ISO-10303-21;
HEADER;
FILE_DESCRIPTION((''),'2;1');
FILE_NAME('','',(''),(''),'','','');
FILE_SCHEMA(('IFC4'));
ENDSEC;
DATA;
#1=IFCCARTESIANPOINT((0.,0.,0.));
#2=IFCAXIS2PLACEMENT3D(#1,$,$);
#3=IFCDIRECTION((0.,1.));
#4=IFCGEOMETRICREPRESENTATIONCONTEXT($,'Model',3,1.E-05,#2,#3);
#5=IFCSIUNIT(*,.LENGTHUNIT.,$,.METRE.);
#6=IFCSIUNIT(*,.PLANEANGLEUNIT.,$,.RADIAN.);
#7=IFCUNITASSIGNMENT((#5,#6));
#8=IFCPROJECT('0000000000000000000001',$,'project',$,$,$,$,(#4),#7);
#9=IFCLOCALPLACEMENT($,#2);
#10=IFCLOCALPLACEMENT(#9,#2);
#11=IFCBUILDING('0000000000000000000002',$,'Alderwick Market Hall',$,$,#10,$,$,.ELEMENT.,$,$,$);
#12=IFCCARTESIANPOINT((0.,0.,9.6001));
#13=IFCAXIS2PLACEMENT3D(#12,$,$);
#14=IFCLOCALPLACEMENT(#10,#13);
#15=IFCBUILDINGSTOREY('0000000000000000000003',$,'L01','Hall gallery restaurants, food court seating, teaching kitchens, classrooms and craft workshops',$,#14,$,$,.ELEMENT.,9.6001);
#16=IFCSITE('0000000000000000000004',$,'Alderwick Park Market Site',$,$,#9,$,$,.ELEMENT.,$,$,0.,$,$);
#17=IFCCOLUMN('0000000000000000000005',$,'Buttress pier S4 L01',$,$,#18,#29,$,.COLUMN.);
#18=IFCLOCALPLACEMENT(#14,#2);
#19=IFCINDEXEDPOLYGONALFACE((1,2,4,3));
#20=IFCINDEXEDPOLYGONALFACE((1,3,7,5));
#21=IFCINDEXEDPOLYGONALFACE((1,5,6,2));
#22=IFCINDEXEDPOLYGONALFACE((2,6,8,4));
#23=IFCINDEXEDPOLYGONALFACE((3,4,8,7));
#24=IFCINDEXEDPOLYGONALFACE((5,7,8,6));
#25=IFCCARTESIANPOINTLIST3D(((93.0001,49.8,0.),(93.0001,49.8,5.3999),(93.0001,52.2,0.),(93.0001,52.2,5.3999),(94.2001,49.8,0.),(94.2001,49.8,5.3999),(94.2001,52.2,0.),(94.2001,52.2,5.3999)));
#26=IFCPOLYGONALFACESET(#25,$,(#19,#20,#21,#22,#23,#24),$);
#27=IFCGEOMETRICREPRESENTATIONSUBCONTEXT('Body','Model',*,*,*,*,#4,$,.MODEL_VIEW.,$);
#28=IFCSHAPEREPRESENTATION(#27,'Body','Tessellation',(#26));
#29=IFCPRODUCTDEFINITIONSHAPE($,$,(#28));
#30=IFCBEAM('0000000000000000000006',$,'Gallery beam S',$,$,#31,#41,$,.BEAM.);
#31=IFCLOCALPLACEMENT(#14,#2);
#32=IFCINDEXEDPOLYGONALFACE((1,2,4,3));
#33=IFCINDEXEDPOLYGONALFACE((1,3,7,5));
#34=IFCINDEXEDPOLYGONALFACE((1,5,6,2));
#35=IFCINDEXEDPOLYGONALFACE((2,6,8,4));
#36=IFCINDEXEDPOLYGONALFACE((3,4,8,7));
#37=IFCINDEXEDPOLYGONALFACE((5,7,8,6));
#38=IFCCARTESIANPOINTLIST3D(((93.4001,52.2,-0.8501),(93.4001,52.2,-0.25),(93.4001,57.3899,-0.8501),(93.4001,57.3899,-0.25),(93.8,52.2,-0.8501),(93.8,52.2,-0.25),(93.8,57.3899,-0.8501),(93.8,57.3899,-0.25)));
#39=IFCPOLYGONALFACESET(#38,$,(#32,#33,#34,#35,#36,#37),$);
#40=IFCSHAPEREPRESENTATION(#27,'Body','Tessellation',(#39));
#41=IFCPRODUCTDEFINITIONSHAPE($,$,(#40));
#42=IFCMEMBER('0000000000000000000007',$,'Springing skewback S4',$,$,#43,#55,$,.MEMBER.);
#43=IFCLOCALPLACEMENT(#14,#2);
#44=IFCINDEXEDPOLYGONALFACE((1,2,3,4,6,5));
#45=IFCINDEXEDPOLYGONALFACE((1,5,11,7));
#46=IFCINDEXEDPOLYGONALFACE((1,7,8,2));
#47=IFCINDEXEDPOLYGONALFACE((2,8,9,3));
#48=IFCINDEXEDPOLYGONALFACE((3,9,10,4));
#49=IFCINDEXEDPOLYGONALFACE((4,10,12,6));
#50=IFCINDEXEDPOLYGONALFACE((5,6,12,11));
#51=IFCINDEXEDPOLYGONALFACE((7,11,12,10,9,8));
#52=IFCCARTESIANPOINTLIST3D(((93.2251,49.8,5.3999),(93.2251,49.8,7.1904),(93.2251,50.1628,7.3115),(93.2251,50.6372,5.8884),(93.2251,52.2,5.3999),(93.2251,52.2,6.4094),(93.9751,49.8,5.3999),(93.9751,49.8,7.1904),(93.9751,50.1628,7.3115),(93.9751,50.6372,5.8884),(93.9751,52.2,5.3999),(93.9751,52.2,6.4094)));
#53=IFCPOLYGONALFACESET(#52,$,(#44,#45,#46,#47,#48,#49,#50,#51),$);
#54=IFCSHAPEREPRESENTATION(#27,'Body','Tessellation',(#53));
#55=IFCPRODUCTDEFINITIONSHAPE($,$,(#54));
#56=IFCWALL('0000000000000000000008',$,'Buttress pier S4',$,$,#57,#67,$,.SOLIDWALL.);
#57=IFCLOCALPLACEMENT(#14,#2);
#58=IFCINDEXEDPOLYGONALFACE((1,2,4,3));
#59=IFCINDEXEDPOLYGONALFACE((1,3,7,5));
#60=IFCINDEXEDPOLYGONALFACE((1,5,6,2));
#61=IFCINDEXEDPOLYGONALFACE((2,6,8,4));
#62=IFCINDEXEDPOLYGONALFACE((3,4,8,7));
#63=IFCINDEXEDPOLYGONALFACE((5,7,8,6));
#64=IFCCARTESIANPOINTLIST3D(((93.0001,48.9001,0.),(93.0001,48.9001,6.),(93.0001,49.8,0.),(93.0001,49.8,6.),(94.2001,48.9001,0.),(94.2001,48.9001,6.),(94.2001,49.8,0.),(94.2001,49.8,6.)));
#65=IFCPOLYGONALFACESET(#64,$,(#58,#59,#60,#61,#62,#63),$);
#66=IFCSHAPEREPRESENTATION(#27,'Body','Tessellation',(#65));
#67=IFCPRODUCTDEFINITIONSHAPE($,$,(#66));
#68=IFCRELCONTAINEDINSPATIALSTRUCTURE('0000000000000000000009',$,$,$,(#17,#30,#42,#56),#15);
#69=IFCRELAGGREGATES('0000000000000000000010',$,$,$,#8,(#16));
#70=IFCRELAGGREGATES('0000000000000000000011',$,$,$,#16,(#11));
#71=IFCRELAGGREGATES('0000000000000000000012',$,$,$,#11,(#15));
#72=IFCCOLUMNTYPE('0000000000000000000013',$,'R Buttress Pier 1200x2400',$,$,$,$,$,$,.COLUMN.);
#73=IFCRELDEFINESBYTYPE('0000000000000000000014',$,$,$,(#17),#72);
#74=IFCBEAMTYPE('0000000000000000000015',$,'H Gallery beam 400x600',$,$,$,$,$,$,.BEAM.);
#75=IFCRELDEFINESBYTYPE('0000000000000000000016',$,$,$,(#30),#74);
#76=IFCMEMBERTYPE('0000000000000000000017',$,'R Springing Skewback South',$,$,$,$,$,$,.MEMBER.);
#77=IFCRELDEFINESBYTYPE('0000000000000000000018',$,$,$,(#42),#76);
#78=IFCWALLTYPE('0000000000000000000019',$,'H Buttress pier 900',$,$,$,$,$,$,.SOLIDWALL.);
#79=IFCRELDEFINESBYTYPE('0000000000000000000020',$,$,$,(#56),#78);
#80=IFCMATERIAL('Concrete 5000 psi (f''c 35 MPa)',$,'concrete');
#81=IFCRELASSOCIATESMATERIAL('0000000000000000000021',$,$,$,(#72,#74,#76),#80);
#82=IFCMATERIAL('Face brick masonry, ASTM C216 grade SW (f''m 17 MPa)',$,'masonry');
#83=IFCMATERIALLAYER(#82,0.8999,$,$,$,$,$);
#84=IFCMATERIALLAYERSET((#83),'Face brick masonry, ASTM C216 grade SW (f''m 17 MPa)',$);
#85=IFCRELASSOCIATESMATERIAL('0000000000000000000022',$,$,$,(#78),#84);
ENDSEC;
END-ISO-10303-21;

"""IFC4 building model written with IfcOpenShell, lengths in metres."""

from ifc_helpers import new_model, si_unit, direction, frame, frame_2d, origin, origin_2d, place, context, subcontext, project, spatial, polyline, rectangle, outline, extrude, material, layer, layer_set, material_profile, profile_set, type_object, element, save


model = new_model("IFC4")

# Units and contexts
model_context = context("Model", 3, precision=1e-05, world=origin(), true_north=direction((0.0, 1.0)))
body_context = subcontext(model_context, "Body", "Model", "MODEL_VIEW")
ifc_project = project(units=[si_unit("LENGTHUNIT", "METRE"), si_unit("PLANEANGLEUNIT", "RADIAN")], contexts=[model_context])

# Site, building, storey
site_placement = place(None, origin())
site = spatial("IfcSite", under=ifc_project, at=site_placement, Name="Alderwick Park Market Site", CompositionType="ELEMENT", RefElevation=0.0)
building_placement = place(site_placement, origin())
building = spatial("IfcBuilding", under=site, at=building_placement, Name="Alderwick Market Hall", CompositionType="ELEMENT")
storey_placement = place(building_placement, frame((0.0, 0.0, 9.6001)))
storey = spatial("IfcBuildingStorey", under=building, at=storey_placement, Name="L01", Description="Hall gallery restaurants, food court seating, teaching kitchens, classrooms and craft workshops", CompositionType="ELEMENT", Elevation=9.6001)

# Column
ifc_material_1 = material(Name="Concrete 5000 psi (f'c 35 MPa)", Category="concrete")
ifc_material_profile_1 = material_profile(ifc_material_1, rectangle(XDim=1.2, YDim=2.3999, at=origin_2d()), Name="RC 1200x2400")
ifc_profile_set_1 = profile_set([ifc_material_profile_1], Name="Concrete 5000 psi (f'c 35 MPa)")
column_type = type_object("IfcColumnType", Name="R Buttress Pier 1200x2400", PredefinedType="COLUMN", material=ifc_profile_set_1)
column_placement = place(storey_placement, frame((93.6001, 51.0, 0.0), z_axis=(0.0, 0.0, 1.0), x_axis=(1.0, 0.0, 0.0)))
element("IfcColumn", 1, at=column_placement, inside=storey, type_object=column_type, Name="Buttress pier S4 L01", PredefinedType="COLUMN", context=body_context, shape_type="SweptSolid", body=[
    extrude(rectangle(XDim=1.2, YDim=2.3999, at=origin_2d()), origin(), (0.0, 0.0, 1.0), 5.3999),
])

# Beam
ifc_material_profile_2 = material_profile(ifc_material_1, rectangle(XDim=0.3999, YDim=0.6001, at=origin_2d()), Name="RC 400x600")
ifc_profile_set_2 = profile_set([ifc_material_profile_2], Name="Concrete 5000 psi (f'c 35 MPa)")
beam_type = type_object("IfcBeamType", Name="H Gallery beam 400x600", PredefinedType="BEAM", material=ifc_profile_set_2)
beam_placement = place(storey_placement, frame((93.6001, 52.2, -0.55), z_axis=(0.0, 1.0, 0.0), x_axis=(-1.0, 0.0, 0.0)))
element("IfcBeam", 2, at=beam_placement, inside=storey, type_object=beam_type, Name="Gallery beam S", PredefinedType="BEAM", context=body_context, shape_type="SweptSolid", body=[
    extrude(rectangle(XDim=0.3999, YDim=0.6001, at=origin_2d()), origin(), (0.0, 0.0, 1.0), 5.1899),
])

# Member
ifc_material_profile_3 = material_profile(ifc_material_1, outline(polyline([(0.0, 0.0), (2.3999, 0.0), (2.3999, 1.0095), (0.8372, 0.4885), (0.3628, 1.9116), (0.0, 1.7905), (0.0, 0.0)])), Name="RC skewback S")
ifc_profile_set_3 = profile_set([ifc_material_profile_3], Name="Concrete 5000 psi (f'c 35 MPa)")
member_type = type_object("IfcMemberType", Name="R Springing Skewback South", PredefinedType="MEMBER", material=ifc_profile_set_3)
member_placement = place(storey_placement, frame((93.2251, 49.8, 5.3999), z_axis=(1.0, 0.0, 0.0), x_axis=(0.0, 1.0, 0.0)))
element("IfcMember", 3, at=member_placement, inside=storey, type_object=member_type, Name="Springing skewback S4", PredefinedType="MEMBER", context=body_context, shape_type="SweptSolid", body=[
    extrude(outline(polyline([(0.0, 0.0), (2.3999, 0.0), (2.3999, 1.0095), (0.8372, 0.4885), (0.3628, 1.9116), (0.0, 1.7905), (0.0, 0.0)])), origin(), (0.0, 0.0, 1.0), 0.75),
])

# Wall
ifc_material_2 = material(Name="Face brick masonry, ASTM C216 grade SW (f'm 17 MPa)", Category="masonry")
ifc_layer_1 = layer(ifc_material_2, 0.8999)
ifc_layer_set_1 = layer_set([ifc_layer_1], Name="Face brick masonry, ASTM C216 grade SW (f'm 17 MPa)")
wall_type_1 = type_object("IfcWallType", Name="H Buttress pier 900", PredefinedType="SOLIDWALL", material=ifc_layer_set_1)
wall_1_placement = place(storey_placement, frame((93.0, 49.3501, 0.0), z_axis=(0.0, 0.0, 1.0), x_axis=(1.0, 0.0, 0.0)))
element("IfcWall", 4, at=wall_1_placement, inside=storey, type_object=wall_type_1, Name="Buttress pier S4", PredefinedType="SOLIDWALL", context=body_context, shape_type="SweptSolid", body=[
    extrude(rectangle(XDim=1.2, YDim=0.8999, at=frame_2d((0.6001, 0.0))), origin(), (0.0, 0.0, 1.0), 6.0),
])

save(model, "model.ifc")
